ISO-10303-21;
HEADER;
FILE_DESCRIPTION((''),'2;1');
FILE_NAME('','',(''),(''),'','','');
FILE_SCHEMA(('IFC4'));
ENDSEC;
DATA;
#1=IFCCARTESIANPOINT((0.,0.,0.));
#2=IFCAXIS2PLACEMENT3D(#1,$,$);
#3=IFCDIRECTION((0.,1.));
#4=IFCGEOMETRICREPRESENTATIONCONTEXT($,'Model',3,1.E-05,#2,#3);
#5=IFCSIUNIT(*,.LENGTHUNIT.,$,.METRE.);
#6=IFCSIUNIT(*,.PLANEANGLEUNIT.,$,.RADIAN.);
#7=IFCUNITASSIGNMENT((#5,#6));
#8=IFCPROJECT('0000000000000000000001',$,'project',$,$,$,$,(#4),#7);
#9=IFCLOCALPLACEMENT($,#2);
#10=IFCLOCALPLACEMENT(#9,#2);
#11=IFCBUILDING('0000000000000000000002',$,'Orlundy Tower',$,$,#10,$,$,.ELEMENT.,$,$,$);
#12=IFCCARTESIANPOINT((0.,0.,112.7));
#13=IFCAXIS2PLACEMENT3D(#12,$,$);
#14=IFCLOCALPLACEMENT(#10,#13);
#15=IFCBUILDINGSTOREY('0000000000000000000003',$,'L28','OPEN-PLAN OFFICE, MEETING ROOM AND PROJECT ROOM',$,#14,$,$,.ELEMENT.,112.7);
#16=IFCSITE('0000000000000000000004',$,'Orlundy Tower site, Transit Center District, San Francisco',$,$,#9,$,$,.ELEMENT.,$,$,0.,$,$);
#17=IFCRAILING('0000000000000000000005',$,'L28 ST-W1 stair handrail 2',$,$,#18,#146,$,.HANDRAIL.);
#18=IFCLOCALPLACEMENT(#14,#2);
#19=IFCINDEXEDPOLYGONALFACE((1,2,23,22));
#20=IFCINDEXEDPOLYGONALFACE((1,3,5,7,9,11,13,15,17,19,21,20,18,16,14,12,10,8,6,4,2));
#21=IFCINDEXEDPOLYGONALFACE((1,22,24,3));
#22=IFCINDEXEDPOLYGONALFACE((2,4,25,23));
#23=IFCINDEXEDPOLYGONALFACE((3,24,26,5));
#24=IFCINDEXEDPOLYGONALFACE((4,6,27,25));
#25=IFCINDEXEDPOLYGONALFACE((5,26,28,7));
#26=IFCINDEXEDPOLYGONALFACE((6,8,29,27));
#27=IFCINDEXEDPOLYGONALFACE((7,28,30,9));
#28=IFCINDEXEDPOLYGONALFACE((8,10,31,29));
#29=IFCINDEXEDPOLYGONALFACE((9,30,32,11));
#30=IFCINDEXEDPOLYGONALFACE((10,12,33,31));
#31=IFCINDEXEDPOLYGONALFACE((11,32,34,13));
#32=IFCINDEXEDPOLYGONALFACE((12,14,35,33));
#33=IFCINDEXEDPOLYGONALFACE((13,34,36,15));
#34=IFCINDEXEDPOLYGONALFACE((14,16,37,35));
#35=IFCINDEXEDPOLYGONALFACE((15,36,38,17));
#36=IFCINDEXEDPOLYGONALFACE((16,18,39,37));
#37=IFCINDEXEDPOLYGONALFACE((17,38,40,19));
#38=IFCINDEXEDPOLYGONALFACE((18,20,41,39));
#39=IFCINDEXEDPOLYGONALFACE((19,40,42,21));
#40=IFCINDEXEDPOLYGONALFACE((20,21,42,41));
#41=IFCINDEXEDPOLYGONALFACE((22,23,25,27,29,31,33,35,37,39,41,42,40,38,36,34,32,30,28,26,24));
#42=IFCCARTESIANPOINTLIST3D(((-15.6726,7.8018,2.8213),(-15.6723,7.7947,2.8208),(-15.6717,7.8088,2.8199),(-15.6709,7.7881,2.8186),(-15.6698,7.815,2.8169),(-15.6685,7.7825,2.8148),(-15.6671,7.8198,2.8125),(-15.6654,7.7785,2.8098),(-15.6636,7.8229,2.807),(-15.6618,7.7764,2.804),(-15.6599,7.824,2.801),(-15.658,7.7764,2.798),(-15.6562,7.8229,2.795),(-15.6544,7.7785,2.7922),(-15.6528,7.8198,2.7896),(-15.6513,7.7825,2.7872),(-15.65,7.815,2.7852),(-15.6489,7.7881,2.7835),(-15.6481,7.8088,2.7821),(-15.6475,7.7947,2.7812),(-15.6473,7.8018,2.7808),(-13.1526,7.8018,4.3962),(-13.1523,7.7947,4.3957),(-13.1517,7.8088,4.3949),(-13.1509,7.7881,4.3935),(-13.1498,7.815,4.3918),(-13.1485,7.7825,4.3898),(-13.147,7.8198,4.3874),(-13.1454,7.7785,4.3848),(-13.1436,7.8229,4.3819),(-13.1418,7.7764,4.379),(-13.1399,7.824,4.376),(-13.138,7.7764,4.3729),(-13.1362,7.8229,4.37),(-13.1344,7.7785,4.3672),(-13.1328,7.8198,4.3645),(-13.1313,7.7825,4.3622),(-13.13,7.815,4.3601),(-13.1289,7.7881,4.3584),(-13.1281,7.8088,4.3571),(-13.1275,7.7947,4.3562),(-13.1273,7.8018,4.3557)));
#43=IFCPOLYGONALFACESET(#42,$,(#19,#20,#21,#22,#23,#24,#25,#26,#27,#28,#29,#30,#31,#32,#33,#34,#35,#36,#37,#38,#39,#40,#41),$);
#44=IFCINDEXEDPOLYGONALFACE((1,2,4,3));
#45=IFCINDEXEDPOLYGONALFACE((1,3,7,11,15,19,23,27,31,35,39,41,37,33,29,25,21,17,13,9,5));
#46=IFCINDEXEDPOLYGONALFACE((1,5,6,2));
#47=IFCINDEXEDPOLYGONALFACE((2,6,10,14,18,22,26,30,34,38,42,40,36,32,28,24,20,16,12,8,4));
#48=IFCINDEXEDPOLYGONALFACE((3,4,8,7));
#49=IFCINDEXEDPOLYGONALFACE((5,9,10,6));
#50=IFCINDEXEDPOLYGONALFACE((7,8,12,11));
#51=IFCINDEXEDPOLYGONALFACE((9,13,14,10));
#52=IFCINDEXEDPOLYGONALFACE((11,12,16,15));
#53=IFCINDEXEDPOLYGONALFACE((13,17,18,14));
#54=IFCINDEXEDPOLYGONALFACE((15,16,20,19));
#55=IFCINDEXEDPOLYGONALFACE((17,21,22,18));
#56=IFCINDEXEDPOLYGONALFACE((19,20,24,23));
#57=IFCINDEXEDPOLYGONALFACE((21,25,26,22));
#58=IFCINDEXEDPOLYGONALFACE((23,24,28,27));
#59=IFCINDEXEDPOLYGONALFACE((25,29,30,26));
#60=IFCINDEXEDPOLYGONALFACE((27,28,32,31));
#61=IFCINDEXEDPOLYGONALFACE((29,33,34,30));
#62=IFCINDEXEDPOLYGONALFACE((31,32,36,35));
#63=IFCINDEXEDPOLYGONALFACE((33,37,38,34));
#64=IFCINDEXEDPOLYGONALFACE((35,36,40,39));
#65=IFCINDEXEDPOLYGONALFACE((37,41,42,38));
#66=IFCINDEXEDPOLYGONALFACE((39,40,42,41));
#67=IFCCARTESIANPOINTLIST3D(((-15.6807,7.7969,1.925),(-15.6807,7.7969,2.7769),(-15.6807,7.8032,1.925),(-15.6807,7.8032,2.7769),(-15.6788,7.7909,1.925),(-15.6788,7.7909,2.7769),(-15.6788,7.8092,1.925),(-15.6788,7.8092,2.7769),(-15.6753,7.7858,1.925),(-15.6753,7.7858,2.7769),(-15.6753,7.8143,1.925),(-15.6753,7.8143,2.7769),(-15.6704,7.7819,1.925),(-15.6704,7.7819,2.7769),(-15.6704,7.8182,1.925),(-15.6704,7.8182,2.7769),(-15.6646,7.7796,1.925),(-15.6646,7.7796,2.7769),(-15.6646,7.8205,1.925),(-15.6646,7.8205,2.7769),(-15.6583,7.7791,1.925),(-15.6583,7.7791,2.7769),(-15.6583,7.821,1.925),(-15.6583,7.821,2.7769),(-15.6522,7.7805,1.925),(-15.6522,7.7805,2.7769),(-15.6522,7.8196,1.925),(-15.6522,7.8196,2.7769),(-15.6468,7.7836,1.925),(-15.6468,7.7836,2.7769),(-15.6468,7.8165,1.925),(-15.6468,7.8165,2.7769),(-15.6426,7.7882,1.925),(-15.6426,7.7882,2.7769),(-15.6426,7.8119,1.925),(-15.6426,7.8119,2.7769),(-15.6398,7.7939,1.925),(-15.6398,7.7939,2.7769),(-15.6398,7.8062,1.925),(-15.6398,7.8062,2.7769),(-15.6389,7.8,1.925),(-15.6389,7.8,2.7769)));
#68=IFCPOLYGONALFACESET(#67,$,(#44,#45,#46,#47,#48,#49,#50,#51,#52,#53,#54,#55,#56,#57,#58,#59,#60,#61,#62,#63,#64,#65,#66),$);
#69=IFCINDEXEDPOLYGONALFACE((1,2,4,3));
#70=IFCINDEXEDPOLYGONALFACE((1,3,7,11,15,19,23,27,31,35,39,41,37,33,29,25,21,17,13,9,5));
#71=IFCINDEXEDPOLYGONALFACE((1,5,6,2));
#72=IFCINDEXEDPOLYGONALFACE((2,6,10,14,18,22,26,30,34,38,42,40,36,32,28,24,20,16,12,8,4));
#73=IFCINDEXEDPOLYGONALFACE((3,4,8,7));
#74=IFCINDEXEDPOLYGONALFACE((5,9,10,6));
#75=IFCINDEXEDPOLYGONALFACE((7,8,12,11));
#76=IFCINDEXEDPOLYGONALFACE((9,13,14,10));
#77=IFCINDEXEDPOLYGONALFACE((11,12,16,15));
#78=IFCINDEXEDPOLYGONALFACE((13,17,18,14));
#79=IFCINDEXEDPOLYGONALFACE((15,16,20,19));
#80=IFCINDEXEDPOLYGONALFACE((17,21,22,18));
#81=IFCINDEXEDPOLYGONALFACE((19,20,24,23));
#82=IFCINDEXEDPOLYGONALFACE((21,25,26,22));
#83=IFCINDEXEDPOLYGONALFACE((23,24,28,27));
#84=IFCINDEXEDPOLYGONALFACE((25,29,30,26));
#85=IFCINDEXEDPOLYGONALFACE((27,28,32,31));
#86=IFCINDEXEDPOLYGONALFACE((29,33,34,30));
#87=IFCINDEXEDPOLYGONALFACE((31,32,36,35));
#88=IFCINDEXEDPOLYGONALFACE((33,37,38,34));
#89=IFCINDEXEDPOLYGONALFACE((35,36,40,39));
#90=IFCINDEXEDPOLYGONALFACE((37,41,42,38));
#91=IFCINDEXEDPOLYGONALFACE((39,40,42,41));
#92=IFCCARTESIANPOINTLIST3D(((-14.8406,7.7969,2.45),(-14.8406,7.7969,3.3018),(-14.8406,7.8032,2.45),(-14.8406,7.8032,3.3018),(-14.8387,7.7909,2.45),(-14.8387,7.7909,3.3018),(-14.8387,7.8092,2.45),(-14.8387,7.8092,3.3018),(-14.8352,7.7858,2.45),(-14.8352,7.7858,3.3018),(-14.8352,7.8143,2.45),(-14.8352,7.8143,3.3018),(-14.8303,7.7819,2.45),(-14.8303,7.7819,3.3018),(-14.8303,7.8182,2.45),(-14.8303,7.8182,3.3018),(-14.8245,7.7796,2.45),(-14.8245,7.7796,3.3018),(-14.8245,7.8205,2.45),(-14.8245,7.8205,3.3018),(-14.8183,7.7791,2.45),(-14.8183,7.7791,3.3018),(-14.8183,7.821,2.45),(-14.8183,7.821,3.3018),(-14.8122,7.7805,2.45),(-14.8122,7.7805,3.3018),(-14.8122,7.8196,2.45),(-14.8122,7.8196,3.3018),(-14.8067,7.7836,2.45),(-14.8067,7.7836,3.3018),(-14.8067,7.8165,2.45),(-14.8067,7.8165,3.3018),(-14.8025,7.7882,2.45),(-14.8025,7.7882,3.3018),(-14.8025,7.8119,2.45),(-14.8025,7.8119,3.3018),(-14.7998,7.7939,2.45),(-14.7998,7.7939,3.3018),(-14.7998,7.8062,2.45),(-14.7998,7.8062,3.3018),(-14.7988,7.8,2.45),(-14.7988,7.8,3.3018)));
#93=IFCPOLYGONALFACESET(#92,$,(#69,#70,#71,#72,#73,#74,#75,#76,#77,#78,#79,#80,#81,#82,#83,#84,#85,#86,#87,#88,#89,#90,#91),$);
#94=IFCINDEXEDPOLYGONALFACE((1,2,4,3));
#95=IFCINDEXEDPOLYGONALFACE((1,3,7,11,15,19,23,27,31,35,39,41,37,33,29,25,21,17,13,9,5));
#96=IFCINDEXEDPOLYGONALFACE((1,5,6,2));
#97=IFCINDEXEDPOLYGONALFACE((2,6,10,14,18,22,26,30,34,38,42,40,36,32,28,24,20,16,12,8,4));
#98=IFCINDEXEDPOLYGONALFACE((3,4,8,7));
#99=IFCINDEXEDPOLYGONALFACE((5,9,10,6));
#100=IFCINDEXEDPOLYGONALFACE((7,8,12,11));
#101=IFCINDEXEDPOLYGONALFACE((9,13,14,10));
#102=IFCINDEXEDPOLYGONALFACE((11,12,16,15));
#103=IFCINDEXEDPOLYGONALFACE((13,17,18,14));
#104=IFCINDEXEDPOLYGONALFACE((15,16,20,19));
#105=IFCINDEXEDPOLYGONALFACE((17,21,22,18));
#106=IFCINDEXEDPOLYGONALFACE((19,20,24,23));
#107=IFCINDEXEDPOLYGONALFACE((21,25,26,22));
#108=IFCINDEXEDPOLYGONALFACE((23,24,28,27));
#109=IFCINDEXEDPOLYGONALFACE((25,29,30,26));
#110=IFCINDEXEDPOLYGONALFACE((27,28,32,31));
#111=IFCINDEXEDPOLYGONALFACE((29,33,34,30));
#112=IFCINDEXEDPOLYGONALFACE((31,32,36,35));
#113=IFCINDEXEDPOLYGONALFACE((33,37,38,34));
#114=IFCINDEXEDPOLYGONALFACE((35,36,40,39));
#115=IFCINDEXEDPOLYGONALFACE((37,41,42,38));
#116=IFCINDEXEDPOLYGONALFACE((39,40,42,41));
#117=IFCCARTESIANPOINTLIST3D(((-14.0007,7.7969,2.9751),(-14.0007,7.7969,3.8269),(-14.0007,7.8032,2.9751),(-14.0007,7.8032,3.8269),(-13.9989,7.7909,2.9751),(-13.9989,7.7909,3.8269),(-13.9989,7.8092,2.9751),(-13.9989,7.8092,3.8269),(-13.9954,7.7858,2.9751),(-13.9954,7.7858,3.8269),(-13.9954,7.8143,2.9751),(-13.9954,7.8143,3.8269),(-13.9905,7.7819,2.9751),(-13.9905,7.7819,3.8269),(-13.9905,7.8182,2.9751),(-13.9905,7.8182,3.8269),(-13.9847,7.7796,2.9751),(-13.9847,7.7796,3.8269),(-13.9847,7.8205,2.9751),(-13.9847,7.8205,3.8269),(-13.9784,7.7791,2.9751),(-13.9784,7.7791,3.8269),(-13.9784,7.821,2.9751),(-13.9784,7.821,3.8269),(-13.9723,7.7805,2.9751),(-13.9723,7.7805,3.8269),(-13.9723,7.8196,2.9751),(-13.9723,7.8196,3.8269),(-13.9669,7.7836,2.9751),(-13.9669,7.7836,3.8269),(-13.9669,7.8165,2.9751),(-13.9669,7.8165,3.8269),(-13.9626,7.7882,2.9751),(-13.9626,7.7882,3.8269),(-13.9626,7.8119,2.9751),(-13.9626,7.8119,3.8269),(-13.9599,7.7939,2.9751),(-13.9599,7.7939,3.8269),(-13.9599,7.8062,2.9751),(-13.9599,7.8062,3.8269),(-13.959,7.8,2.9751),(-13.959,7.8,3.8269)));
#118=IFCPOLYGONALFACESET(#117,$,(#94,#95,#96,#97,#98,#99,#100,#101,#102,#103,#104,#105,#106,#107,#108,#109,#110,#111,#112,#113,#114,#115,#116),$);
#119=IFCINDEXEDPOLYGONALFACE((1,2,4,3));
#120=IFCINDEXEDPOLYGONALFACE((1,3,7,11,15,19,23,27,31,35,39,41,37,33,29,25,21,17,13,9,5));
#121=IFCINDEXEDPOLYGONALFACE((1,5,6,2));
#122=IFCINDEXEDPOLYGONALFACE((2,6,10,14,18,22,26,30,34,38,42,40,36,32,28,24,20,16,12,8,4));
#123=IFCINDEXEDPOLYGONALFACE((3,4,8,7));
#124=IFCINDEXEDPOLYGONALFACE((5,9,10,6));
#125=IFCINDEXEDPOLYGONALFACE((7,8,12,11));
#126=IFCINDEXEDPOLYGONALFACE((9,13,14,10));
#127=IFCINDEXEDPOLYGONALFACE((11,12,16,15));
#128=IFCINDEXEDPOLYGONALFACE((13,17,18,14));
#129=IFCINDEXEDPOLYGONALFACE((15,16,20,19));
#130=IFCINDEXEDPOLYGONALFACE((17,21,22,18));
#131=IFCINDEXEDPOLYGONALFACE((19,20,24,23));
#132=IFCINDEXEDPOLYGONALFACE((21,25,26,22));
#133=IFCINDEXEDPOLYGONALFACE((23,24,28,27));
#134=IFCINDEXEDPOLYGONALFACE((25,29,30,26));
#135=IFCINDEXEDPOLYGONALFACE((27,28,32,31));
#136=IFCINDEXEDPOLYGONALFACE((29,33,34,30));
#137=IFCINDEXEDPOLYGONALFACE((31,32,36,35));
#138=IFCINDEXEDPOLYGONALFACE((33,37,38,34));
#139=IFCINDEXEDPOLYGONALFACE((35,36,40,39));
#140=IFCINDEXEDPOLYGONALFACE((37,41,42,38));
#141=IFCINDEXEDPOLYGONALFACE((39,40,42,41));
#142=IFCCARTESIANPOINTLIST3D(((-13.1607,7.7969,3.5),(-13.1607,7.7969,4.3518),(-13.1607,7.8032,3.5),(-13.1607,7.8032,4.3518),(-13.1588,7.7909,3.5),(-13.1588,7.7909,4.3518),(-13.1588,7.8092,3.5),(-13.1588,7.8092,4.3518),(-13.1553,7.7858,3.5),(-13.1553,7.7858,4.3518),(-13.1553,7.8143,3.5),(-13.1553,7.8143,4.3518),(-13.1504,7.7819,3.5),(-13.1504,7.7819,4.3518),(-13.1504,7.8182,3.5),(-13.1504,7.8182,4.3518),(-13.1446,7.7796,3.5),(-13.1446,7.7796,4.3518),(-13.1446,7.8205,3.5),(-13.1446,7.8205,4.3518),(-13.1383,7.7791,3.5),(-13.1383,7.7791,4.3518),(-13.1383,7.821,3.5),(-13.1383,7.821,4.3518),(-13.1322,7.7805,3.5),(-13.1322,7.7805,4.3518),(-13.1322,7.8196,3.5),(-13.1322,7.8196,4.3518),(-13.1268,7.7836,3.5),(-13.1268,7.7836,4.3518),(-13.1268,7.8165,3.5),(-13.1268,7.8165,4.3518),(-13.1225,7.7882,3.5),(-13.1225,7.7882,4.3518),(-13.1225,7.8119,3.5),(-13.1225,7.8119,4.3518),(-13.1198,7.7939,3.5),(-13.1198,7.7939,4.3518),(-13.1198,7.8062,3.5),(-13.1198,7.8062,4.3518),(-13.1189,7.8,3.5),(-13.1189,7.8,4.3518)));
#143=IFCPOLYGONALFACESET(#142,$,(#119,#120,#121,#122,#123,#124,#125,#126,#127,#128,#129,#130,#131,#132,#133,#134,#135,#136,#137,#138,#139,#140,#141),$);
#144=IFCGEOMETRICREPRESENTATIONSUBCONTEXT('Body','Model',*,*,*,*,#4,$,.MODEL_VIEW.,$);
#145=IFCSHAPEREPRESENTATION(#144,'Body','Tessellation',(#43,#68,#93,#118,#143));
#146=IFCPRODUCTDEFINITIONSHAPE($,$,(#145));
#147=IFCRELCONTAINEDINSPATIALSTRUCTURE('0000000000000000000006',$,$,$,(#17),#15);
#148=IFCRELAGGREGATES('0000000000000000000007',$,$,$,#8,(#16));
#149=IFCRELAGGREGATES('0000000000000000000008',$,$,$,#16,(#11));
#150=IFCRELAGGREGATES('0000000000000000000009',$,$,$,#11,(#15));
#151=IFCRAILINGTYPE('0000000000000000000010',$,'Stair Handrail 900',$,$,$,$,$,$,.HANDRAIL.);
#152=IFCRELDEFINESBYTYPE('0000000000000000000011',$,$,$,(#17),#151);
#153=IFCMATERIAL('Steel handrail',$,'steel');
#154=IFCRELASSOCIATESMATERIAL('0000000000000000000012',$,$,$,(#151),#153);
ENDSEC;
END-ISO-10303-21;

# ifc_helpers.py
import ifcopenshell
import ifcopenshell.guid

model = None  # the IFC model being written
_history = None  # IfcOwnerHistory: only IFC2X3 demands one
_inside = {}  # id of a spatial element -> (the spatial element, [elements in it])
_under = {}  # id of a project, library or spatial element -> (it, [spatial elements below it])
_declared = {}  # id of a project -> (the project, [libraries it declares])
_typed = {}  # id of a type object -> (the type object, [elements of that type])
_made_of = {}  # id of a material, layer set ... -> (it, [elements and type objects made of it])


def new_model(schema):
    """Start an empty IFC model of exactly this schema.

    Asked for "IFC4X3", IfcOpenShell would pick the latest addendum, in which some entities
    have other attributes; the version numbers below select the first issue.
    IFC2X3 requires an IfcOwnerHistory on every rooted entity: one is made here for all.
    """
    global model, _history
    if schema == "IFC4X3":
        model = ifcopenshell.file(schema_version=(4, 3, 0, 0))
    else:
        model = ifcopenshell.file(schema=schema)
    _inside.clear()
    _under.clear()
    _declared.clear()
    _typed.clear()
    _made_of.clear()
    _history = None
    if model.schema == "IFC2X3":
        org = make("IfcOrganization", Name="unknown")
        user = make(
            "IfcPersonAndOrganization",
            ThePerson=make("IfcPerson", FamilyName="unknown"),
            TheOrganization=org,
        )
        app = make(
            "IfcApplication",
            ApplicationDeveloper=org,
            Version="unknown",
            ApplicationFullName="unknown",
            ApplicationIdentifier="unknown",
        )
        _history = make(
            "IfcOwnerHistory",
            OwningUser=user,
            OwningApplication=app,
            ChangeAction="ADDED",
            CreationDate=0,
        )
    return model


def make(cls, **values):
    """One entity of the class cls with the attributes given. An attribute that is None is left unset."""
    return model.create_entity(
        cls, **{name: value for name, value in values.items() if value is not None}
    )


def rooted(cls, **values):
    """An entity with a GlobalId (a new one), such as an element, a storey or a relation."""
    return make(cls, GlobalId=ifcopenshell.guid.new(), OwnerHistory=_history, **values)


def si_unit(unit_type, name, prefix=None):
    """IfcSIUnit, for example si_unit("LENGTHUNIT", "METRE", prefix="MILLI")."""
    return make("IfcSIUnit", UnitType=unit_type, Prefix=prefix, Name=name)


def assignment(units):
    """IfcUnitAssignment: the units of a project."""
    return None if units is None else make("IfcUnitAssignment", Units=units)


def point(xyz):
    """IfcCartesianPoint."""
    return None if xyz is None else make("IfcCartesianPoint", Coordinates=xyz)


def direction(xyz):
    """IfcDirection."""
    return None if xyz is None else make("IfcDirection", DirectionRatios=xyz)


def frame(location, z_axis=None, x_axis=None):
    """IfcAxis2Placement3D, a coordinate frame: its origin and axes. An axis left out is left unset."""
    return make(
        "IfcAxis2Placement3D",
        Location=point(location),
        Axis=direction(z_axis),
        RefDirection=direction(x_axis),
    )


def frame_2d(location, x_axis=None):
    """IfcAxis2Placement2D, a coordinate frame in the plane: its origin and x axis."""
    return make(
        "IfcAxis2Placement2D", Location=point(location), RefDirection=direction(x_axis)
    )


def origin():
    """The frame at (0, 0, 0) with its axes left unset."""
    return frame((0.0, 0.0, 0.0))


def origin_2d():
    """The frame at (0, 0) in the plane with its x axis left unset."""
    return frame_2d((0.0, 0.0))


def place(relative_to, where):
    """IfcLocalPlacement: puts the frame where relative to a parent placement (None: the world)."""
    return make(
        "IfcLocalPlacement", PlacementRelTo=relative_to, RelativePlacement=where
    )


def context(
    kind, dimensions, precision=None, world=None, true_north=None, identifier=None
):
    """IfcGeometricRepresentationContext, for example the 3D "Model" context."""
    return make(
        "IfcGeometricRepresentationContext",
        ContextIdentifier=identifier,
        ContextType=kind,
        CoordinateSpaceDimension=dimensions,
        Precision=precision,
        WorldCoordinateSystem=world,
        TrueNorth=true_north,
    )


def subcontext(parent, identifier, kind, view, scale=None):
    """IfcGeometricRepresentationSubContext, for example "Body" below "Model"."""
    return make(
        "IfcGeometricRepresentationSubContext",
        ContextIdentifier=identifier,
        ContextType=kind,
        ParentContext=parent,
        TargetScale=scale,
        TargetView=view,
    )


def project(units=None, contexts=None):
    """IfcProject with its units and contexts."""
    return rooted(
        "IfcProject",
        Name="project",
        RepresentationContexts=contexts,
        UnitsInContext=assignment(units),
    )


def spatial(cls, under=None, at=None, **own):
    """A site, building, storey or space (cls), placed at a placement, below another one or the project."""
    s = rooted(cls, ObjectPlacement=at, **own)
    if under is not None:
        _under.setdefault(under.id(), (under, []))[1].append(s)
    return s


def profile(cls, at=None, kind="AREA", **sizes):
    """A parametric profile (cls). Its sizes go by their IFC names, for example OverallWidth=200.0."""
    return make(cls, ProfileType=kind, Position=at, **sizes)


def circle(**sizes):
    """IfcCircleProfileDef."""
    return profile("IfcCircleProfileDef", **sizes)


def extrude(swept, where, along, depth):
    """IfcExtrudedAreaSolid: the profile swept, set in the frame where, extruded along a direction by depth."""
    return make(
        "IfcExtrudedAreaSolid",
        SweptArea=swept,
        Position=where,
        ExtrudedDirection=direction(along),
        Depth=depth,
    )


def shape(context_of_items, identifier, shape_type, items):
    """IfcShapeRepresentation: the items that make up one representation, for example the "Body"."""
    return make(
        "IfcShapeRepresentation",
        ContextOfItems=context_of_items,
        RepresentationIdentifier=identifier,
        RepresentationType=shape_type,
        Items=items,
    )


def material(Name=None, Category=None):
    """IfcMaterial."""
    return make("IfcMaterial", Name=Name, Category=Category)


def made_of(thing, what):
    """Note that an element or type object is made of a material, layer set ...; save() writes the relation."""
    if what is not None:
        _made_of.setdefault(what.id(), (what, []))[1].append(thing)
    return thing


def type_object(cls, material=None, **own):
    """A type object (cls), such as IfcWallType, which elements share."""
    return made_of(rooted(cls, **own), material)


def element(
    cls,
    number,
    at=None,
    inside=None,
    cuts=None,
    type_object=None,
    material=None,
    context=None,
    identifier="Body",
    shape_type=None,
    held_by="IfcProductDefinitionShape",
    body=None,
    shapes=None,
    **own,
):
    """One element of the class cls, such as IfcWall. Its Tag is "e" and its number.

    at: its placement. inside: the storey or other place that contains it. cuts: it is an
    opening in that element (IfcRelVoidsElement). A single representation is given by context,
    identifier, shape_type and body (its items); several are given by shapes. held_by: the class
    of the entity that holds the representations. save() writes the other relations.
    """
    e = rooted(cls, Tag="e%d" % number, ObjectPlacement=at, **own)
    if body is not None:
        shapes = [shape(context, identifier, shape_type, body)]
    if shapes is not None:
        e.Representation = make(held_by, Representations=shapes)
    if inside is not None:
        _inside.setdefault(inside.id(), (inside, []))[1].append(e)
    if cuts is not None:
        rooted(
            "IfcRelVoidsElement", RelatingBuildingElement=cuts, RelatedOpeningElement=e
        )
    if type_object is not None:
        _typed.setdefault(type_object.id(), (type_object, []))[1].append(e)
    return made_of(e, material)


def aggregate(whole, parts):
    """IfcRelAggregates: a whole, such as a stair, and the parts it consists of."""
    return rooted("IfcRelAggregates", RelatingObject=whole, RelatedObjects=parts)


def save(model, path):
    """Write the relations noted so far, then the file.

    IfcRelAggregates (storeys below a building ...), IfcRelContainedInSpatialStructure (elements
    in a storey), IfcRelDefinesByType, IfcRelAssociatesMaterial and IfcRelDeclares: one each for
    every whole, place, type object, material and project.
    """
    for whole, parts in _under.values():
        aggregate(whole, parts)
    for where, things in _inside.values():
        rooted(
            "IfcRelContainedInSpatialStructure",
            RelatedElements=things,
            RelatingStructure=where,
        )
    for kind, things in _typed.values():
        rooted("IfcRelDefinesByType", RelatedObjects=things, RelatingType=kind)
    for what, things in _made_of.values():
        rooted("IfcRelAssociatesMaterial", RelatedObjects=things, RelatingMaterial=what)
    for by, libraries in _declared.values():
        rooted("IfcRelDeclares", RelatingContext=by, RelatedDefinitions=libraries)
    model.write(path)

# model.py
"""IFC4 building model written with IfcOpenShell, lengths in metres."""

from ifc_helpers import new_model, si_unit, direction, frame, origin, origin_2d, place, context, subcontext, project, spatial, circle, extrude, material, type_object, element, save


model = new_model("IFC4")

# Units and contexts
model_context = context("Model", 3, precision=1e-05, world=origin(), true_north=direction((0.0, 1.0)))
body_context = subcontext(model_context, "Body", "Model", "MODEL_VIEW")
ifc_project = project(units=[si_unit("LENGTHUNIT", "METRE"), si_unit("PLANEANGLEUNIT", "RADIAN")], contexts=[model_context])

# Site, building, storey
site_placement = place(None, origin())
site = spatial("IfcSite", under=ifc_project, at=site_placement, Name="Orlundy Tower site, Transit Center District, San Francisco", CompositionType="ELEMENT", RefElevation=0.0)
building_placement = place(site_placement, origin())
building = spatial("IfcBuilding", under=site, at=building_placement, Name="Orlundy Tower", CompositionType="ELEMENT")
storey_placement = place(building_placement, frame((0.0, 0.0, 112.7)))
storey = spatial("IfcBuildingStorey", under=building, at=storey_placement, Name="L28", Description="OPEN-PLAN OFFICE, MEETING ROOM AND PROJECT ROOM", CompositionType="ELEMENT", Elevation=112.7)

# Railing
ifc_material_1 = material(Name="Steel handrail", Category="steel")
railing_type = type_object("IfcRailingType", Name="Stair Handrail 900", PredefinedType="HANDRAIL", material=ifc_material_1)
railing_placement = place(storey_placement, frame((-15.6599, 7.8, 1.925)))
element("IfcRailing", 1, at=railing_placement, inside=storey, type_object=railing_type, Name="L28 ST-W1 stair handrail 2", PredefinedType="HANDRAIL", context=body_context, shape_type="SweptSolid", body=[
    extrude(circle(Radius=0.0239, at=origin_2d()), frame((0.0, 0.0, 0.876), z_axis=(0.848008, 0.0, 0.529984), x_axis=(0.0, 1.0, 0.0)), (0.0, 0.0, 1.0), 2.9717),
    extrude(circle(Radius=0.021, at=origin_2d()), origin(), (0.0, 0.0, 1.0), 0.8518),
    extrude(circle(Radius=0.021, at=origin_2d()), frame((0.8401, 0.0, 0.5249)), (0.0, 0.0, 1.0), 0.8518),
    extrude(circle(Radius=0.021, at=origin_2d()), frame((1.6799, 0.0, 1.05)), (0.0, 0.0, 1.0), 0.8518),
    extrude(circle(Radius=0.021, at=origin_2d()), frame((2.52, 0.0, 1.575)), (0.0, 0.0, 1.0), 0.8518),
])

save(model, "model.ifc")
